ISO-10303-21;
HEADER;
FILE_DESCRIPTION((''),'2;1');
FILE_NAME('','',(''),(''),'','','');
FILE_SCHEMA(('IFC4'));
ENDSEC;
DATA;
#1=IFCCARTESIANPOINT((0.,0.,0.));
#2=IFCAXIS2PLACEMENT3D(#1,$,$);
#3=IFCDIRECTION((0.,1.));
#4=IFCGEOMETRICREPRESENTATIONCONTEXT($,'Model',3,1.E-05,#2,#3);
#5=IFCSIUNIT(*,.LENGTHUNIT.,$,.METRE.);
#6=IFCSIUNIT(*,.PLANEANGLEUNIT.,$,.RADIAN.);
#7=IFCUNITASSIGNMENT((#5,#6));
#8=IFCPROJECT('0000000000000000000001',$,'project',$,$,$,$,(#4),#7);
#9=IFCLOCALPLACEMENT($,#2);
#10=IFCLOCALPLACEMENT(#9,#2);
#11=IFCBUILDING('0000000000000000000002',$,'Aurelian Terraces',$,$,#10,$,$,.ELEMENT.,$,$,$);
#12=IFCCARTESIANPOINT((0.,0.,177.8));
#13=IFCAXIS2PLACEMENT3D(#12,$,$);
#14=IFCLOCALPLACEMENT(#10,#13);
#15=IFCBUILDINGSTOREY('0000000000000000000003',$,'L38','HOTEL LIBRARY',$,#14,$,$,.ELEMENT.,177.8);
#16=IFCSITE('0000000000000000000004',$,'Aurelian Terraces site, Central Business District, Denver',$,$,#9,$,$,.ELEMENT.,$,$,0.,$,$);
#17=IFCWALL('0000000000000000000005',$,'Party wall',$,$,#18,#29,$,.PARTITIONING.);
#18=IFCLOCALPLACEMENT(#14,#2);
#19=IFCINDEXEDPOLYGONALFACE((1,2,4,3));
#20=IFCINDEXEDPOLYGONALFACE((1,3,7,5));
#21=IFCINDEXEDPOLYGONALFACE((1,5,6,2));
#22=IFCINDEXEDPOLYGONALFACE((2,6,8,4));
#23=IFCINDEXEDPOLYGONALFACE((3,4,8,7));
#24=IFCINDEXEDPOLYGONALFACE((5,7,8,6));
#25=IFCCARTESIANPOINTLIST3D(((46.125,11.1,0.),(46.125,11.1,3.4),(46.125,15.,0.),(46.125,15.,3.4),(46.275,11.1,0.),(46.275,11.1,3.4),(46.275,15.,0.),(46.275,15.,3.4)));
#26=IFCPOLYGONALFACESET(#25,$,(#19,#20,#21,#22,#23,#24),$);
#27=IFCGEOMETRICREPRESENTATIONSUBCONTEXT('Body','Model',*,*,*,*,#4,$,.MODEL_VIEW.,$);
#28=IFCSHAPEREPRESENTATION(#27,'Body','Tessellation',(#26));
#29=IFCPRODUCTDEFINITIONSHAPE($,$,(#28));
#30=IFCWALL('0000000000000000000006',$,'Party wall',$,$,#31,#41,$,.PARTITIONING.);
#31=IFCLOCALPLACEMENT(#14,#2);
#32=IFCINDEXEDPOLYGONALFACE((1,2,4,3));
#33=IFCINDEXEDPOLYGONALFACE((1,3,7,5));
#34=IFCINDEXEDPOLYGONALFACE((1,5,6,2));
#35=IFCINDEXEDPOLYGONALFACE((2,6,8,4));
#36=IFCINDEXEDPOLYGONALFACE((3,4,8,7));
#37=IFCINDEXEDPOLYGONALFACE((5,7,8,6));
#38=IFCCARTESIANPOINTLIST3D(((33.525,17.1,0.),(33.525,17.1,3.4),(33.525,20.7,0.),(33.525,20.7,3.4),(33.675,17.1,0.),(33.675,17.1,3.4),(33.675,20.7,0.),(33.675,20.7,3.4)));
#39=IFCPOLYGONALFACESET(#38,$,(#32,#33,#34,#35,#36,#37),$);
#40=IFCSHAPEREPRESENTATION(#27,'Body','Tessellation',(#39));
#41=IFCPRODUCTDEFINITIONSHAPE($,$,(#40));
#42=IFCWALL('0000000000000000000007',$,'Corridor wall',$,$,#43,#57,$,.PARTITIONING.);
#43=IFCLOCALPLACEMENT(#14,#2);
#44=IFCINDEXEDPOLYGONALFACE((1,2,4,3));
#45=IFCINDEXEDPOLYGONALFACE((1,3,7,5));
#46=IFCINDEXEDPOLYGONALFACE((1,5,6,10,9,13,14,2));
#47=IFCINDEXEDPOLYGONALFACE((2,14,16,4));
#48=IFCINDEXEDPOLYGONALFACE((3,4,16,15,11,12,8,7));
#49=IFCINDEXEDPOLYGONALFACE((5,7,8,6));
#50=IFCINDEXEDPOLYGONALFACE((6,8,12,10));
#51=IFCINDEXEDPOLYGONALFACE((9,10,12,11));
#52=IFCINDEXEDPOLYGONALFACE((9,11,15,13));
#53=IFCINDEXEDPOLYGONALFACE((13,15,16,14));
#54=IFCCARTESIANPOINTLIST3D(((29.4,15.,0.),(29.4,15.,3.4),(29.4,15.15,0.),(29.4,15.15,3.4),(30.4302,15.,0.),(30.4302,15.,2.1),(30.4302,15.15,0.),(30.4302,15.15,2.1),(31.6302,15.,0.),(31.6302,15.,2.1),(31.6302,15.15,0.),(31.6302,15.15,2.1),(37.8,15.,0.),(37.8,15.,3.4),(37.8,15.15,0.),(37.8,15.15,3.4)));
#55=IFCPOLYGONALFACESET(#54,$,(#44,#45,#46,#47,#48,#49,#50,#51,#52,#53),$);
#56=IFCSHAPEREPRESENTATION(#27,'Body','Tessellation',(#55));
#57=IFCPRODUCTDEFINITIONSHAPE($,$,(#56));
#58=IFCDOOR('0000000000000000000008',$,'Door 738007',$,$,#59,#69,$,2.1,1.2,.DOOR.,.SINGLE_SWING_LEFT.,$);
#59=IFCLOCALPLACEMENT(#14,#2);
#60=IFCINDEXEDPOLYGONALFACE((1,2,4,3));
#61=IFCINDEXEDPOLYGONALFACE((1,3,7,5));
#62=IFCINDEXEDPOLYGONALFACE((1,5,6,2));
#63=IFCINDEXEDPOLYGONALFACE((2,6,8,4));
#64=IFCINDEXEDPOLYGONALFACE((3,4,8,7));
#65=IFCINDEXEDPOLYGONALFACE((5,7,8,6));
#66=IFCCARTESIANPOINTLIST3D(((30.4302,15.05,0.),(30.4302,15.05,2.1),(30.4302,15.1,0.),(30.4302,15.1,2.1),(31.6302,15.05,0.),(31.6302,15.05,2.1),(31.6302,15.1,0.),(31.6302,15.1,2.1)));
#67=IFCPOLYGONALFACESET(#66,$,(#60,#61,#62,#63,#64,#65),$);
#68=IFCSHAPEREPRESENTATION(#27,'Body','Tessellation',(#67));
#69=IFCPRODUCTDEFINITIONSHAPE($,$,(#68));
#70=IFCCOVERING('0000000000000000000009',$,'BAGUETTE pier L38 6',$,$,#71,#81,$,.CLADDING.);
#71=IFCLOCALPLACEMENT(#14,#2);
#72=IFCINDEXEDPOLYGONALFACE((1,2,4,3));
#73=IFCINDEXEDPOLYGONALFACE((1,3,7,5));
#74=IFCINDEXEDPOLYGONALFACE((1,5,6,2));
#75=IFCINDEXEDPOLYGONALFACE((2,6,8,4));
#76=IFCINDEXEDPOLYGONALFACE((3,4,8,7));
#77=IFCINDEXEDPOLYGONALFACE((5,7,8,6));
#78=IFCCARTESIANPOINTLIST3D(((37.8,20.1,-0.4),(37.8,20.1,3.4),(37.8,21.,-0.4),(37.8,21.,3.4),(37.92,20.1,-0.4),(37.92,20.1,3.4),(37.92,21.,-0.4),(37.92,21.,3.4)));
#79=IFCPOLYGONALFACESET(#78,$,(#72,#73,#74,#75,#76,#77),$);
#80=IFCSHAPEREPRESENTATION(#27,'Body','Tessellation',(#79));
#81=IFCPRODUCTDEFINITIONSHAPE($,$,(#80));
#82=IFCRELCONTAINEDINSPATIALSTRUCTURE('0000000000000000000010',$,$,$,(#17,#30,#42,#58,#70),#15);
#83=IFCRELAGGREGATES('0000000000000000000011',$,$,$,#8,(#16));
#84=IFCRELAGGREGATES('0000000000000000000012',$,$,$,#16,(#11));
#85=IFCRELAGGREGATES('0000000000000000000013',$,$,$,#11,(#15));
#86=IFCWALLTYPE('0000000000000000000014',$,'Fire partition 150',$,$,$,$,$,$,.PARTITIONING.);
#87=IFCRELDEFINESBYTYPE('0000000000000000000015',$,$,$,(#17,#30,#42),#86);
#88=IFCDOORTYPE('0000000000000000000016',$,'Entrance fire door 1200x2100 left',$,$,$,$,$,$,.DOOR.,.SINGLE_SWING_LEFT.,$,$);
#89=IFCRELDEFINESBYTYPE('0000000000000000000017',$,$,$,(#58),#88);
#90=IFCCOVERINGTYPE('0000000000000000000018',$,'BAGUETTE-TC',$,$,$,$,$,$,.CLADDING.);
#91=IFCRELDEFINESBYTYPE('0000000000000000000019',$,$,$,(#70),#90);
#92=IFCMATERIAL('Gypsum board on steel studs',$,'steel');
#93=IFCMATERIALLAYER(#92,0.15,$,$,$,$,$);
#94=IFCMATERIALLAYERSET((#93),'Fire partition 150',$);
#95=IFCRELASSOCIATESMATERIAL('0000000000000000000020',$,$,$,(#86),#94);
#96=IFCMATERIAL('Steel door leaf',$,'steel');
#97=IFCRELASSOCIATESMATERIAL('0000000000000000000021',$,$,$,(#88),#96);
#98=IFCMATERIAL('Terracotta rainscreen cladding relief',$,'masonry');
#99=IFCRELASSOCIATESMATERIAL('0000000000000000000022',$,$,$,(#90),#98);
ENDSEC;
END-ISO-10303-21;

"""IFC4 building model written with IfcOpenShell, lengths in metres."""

from ifc_helpers import new_model, si_unit, direction, frame, frame_2d, origin, origin_2d, place, context, subcontext, project, spatial, rectangle, extrude, source, transform, mapped, material, layer, layer_set, type_object, element, fill, save


model = new_model("IFC4")

# Units and contexts
model_context = context("Model", 3, precision=1e-05, world=origin(), true_north=direction((0.0, 1.0)))
body_context = subcontext(model_context, "Body", "Model", "MODEL_VIEW")
ifc_project = project(units=[si_unit("LENGTHUNIT", "METRE"), si_unit("PLANEANGLEUNIT", "RADIAN")], contexts=[model_context])

# Site, building, storey
site_placement = place(None, origin())
site = spatial("IfcSite", under=ifc_project, at=site_placement, Name="Aurelian Terraces site, Central Business District, Denver", CompositionType="ELEMENT", RefElevation=0.0)
building_placement = place(site_placement, origin())
building = spatial("IfcBuilding", under=site, at=building_placement, Name="Aurelian Terraces", CompositionType="ELEMENT")
storey_placement = place(building_placement, frame((0.0, 0.0, 177.8)))
storey = spatial("IfcBuildingStorey", under=building, at=storey_placement, Name="L38", Description="HOTEL LIBRARY", CompositionType="ELEMENT", Elevation=177.8)

# Shared definitions
ifc_material_1 = material(Name="Gypsum board on steel studs", Category="steel")

# Shared definitions
ifc_layer_1 = layer(ifc_material_1, 0.15)
ifc_layer_set_1 = layer_set([ifc_layer_1], Name="Fire partition 150")
wall_type_1 = type_object("IfcWallType", Name="Fire partition 150", PredefinedType="PARTITIONING", material=ifc_layer_set_1)

# Walls
shared_shape_1 = source(origin(), body_context, "Body", "SweptSolid", [
    extrude(rectangle(XDim=3.9, YDim=0.15, at=frame_2d((1.95, 0.0))), origin(), (0.0, 0.0, 1.0), 3.4),
])
wall_1_placement = place(storey_placement, frame((46.2, 11.1, 0.0), z_axis=(0.0, 0.0, 1.0), x_axis=(0.0, 1.0, 0.0)))
element("IfcWall", 1, at=wall_1_placement, inside=storey, type_object=wall_type_1, Name="Party wall", PredefinedType="PARTITIONING", context=body_context, shape_type="MappedRepresentation", body=[
    mapped(shared_shape_1, transform((0.0, 0.0, 0.0), scale=1.0)),
])
shared_shape_2 = source(origin(), body_context, "Body", "SweptSolid", [
    extrude(rectangle(XDim=3.6, YDim=0.15, at=frame_2d((1.8, 0.0))), origin(), (0.0, 0.0, 1.0), 3.4),
])
wall_2_placement = place(storey_placement, frame((33.6, 17.1, 0.0), z_axis=(0.0, 0.0, 1.0), x_axis=(0.0, 1.0, 0.0)))
element("IfcWall", 2, at=wall_2_placement, inside=storey, type_object=wall_type_1, Name="Party wall", PredefinedType="PARTITIONING", context=body_context, shape_type="MappedRepresentation", body=[
    mapped(shared_shape_2, transform((0.0, 0.0, 0.0), scale=1.0)),
])

# Wall, opening, door
shared_shape_3 = source(origin(), body_context, "Body", "SweptSolid", [
    extrude(rectangle(XDim=8.4, YDim=0.15, at=frame_2d((4.2, 0.0))), origin(), (0.0, 0.0, 1.0), 3.4),
])
wall_3_placement = place(storey_placement, frame((37.8, 15.075, 0.0), z_axis=(0.0, 0.0, 1.0), x_axis=(-1.0, 0.0, 0.0)))
wall_3 = element("IfcWall", 3, at=wall_3_placement, inside=storey, type_object=wall_type_1, Name="Corridor wall", PredefinedType="PARTITIONING", context=body_context, shape_type="MappedRepresentation", body=[
    mapped(shared_shape_3, transform((0.0, 0.0, 0.0), scale=1.0)),
])
shared_shape_4 = source(origin(), body_context, "Body", "SweptSolid", [
    extrude(rectangle(XDim=1.2, YDim=2.1, at=frame_2d((0.6, 1.05))), frame((0.0, 0.085, 0.0), z_axis=(0.0, -1.0, 0.0), x_axis=(1.0, 0.0, 0.0)), (0.0, 0.0, 1.0), 0.17),
])
opening_1_placement = place(wall_3_placement, frame((6.1698, 0.0, 0.0)))
opening_1 = element("IfcOpeningElement", 4, at=opening_1_placement, cuts=wall_3, PredefinedType="OPENING", context=body_context, shape_type="MappedRepresentation", body=[
    mapped(shared_shape_4, transform((0.0, 0.0, 0.0), scale=1.0)),
])
ifc_material_2 = material(Name="Steel door leaf", Category="steel")
door_type_1 = type_object("IfcDoorType", Name="Entrance fire door 1200x2100 left", OperationType="SINGLE_SWING_LEFT", PredefinedType="DOOR", material=ifc_material_2)
shared_shape_5 = source(origin(), body_context, "Body", "SweptSolid", [
    extrude(rectangle(XDim=1.2, YDim=2.1, at=frame_2d((0.6, 1.05))), frame((0.0, 0.025, 0.0), z_axis=(0.0, -1.0, 0.0), x_axis=(1.0, 0.0, 0.0)), (0.0, 0.0, 1.0), 0.05),
])
door_1_placement = place(opening_1_placement, origin())
door_1 = element("IfcDoor", 5, at=door_1_placement, inside=storey, type_object=door_type_1, Name="Door 738007", OperationType="SINGLE_SWING_LEFT", OverallHeight=2.1, OverallWidth=1.2, PredefinedType="DOOR", context=body_context, shape_type="MappedRepresentation", body=[
    mapped(shared_shape_5, transform((0.0, 0.0, 0.0), scale=1.0)),
])
fill(opening_1, door_1)

# Covering
ifc_material_3 = material(Name="Terracotta rainscreen cladding relief", Category="masonry")
covering_type = type_object("IfcCoveringType", Name="BAGUETTE-TC", PredefinedType="CLADDING", material=ifc_material_3)
shared_shape_6 = source(origin(), body_context, "Body", "SweptSolid", [
    extrude(rectangle(XDim=0.12, YDim=0.9, at=origin_2d()), origin(), (0.0, 0.0, 1.0), 3.8),
])
covering_placement = place(storey_placement, frame((37.86, 20.55, -0.4), z_axis=(0.0, 0.0, 1.0), x_axis=(1.0, 0.0, 0.0)))
element("IfcCovering", 6, at=covering_placement, inside=storey, type_object=covering_type, Name="BAGUETTE pier L38 6", PredefinedType="CLADDING", context=body_context, shape_type="MappedRepresentation", body=[
    mapped(shared_shape_6, transform((0.0, 0.0, 0.0), scale=1.0)),
])

save(model, "model.ifc")
